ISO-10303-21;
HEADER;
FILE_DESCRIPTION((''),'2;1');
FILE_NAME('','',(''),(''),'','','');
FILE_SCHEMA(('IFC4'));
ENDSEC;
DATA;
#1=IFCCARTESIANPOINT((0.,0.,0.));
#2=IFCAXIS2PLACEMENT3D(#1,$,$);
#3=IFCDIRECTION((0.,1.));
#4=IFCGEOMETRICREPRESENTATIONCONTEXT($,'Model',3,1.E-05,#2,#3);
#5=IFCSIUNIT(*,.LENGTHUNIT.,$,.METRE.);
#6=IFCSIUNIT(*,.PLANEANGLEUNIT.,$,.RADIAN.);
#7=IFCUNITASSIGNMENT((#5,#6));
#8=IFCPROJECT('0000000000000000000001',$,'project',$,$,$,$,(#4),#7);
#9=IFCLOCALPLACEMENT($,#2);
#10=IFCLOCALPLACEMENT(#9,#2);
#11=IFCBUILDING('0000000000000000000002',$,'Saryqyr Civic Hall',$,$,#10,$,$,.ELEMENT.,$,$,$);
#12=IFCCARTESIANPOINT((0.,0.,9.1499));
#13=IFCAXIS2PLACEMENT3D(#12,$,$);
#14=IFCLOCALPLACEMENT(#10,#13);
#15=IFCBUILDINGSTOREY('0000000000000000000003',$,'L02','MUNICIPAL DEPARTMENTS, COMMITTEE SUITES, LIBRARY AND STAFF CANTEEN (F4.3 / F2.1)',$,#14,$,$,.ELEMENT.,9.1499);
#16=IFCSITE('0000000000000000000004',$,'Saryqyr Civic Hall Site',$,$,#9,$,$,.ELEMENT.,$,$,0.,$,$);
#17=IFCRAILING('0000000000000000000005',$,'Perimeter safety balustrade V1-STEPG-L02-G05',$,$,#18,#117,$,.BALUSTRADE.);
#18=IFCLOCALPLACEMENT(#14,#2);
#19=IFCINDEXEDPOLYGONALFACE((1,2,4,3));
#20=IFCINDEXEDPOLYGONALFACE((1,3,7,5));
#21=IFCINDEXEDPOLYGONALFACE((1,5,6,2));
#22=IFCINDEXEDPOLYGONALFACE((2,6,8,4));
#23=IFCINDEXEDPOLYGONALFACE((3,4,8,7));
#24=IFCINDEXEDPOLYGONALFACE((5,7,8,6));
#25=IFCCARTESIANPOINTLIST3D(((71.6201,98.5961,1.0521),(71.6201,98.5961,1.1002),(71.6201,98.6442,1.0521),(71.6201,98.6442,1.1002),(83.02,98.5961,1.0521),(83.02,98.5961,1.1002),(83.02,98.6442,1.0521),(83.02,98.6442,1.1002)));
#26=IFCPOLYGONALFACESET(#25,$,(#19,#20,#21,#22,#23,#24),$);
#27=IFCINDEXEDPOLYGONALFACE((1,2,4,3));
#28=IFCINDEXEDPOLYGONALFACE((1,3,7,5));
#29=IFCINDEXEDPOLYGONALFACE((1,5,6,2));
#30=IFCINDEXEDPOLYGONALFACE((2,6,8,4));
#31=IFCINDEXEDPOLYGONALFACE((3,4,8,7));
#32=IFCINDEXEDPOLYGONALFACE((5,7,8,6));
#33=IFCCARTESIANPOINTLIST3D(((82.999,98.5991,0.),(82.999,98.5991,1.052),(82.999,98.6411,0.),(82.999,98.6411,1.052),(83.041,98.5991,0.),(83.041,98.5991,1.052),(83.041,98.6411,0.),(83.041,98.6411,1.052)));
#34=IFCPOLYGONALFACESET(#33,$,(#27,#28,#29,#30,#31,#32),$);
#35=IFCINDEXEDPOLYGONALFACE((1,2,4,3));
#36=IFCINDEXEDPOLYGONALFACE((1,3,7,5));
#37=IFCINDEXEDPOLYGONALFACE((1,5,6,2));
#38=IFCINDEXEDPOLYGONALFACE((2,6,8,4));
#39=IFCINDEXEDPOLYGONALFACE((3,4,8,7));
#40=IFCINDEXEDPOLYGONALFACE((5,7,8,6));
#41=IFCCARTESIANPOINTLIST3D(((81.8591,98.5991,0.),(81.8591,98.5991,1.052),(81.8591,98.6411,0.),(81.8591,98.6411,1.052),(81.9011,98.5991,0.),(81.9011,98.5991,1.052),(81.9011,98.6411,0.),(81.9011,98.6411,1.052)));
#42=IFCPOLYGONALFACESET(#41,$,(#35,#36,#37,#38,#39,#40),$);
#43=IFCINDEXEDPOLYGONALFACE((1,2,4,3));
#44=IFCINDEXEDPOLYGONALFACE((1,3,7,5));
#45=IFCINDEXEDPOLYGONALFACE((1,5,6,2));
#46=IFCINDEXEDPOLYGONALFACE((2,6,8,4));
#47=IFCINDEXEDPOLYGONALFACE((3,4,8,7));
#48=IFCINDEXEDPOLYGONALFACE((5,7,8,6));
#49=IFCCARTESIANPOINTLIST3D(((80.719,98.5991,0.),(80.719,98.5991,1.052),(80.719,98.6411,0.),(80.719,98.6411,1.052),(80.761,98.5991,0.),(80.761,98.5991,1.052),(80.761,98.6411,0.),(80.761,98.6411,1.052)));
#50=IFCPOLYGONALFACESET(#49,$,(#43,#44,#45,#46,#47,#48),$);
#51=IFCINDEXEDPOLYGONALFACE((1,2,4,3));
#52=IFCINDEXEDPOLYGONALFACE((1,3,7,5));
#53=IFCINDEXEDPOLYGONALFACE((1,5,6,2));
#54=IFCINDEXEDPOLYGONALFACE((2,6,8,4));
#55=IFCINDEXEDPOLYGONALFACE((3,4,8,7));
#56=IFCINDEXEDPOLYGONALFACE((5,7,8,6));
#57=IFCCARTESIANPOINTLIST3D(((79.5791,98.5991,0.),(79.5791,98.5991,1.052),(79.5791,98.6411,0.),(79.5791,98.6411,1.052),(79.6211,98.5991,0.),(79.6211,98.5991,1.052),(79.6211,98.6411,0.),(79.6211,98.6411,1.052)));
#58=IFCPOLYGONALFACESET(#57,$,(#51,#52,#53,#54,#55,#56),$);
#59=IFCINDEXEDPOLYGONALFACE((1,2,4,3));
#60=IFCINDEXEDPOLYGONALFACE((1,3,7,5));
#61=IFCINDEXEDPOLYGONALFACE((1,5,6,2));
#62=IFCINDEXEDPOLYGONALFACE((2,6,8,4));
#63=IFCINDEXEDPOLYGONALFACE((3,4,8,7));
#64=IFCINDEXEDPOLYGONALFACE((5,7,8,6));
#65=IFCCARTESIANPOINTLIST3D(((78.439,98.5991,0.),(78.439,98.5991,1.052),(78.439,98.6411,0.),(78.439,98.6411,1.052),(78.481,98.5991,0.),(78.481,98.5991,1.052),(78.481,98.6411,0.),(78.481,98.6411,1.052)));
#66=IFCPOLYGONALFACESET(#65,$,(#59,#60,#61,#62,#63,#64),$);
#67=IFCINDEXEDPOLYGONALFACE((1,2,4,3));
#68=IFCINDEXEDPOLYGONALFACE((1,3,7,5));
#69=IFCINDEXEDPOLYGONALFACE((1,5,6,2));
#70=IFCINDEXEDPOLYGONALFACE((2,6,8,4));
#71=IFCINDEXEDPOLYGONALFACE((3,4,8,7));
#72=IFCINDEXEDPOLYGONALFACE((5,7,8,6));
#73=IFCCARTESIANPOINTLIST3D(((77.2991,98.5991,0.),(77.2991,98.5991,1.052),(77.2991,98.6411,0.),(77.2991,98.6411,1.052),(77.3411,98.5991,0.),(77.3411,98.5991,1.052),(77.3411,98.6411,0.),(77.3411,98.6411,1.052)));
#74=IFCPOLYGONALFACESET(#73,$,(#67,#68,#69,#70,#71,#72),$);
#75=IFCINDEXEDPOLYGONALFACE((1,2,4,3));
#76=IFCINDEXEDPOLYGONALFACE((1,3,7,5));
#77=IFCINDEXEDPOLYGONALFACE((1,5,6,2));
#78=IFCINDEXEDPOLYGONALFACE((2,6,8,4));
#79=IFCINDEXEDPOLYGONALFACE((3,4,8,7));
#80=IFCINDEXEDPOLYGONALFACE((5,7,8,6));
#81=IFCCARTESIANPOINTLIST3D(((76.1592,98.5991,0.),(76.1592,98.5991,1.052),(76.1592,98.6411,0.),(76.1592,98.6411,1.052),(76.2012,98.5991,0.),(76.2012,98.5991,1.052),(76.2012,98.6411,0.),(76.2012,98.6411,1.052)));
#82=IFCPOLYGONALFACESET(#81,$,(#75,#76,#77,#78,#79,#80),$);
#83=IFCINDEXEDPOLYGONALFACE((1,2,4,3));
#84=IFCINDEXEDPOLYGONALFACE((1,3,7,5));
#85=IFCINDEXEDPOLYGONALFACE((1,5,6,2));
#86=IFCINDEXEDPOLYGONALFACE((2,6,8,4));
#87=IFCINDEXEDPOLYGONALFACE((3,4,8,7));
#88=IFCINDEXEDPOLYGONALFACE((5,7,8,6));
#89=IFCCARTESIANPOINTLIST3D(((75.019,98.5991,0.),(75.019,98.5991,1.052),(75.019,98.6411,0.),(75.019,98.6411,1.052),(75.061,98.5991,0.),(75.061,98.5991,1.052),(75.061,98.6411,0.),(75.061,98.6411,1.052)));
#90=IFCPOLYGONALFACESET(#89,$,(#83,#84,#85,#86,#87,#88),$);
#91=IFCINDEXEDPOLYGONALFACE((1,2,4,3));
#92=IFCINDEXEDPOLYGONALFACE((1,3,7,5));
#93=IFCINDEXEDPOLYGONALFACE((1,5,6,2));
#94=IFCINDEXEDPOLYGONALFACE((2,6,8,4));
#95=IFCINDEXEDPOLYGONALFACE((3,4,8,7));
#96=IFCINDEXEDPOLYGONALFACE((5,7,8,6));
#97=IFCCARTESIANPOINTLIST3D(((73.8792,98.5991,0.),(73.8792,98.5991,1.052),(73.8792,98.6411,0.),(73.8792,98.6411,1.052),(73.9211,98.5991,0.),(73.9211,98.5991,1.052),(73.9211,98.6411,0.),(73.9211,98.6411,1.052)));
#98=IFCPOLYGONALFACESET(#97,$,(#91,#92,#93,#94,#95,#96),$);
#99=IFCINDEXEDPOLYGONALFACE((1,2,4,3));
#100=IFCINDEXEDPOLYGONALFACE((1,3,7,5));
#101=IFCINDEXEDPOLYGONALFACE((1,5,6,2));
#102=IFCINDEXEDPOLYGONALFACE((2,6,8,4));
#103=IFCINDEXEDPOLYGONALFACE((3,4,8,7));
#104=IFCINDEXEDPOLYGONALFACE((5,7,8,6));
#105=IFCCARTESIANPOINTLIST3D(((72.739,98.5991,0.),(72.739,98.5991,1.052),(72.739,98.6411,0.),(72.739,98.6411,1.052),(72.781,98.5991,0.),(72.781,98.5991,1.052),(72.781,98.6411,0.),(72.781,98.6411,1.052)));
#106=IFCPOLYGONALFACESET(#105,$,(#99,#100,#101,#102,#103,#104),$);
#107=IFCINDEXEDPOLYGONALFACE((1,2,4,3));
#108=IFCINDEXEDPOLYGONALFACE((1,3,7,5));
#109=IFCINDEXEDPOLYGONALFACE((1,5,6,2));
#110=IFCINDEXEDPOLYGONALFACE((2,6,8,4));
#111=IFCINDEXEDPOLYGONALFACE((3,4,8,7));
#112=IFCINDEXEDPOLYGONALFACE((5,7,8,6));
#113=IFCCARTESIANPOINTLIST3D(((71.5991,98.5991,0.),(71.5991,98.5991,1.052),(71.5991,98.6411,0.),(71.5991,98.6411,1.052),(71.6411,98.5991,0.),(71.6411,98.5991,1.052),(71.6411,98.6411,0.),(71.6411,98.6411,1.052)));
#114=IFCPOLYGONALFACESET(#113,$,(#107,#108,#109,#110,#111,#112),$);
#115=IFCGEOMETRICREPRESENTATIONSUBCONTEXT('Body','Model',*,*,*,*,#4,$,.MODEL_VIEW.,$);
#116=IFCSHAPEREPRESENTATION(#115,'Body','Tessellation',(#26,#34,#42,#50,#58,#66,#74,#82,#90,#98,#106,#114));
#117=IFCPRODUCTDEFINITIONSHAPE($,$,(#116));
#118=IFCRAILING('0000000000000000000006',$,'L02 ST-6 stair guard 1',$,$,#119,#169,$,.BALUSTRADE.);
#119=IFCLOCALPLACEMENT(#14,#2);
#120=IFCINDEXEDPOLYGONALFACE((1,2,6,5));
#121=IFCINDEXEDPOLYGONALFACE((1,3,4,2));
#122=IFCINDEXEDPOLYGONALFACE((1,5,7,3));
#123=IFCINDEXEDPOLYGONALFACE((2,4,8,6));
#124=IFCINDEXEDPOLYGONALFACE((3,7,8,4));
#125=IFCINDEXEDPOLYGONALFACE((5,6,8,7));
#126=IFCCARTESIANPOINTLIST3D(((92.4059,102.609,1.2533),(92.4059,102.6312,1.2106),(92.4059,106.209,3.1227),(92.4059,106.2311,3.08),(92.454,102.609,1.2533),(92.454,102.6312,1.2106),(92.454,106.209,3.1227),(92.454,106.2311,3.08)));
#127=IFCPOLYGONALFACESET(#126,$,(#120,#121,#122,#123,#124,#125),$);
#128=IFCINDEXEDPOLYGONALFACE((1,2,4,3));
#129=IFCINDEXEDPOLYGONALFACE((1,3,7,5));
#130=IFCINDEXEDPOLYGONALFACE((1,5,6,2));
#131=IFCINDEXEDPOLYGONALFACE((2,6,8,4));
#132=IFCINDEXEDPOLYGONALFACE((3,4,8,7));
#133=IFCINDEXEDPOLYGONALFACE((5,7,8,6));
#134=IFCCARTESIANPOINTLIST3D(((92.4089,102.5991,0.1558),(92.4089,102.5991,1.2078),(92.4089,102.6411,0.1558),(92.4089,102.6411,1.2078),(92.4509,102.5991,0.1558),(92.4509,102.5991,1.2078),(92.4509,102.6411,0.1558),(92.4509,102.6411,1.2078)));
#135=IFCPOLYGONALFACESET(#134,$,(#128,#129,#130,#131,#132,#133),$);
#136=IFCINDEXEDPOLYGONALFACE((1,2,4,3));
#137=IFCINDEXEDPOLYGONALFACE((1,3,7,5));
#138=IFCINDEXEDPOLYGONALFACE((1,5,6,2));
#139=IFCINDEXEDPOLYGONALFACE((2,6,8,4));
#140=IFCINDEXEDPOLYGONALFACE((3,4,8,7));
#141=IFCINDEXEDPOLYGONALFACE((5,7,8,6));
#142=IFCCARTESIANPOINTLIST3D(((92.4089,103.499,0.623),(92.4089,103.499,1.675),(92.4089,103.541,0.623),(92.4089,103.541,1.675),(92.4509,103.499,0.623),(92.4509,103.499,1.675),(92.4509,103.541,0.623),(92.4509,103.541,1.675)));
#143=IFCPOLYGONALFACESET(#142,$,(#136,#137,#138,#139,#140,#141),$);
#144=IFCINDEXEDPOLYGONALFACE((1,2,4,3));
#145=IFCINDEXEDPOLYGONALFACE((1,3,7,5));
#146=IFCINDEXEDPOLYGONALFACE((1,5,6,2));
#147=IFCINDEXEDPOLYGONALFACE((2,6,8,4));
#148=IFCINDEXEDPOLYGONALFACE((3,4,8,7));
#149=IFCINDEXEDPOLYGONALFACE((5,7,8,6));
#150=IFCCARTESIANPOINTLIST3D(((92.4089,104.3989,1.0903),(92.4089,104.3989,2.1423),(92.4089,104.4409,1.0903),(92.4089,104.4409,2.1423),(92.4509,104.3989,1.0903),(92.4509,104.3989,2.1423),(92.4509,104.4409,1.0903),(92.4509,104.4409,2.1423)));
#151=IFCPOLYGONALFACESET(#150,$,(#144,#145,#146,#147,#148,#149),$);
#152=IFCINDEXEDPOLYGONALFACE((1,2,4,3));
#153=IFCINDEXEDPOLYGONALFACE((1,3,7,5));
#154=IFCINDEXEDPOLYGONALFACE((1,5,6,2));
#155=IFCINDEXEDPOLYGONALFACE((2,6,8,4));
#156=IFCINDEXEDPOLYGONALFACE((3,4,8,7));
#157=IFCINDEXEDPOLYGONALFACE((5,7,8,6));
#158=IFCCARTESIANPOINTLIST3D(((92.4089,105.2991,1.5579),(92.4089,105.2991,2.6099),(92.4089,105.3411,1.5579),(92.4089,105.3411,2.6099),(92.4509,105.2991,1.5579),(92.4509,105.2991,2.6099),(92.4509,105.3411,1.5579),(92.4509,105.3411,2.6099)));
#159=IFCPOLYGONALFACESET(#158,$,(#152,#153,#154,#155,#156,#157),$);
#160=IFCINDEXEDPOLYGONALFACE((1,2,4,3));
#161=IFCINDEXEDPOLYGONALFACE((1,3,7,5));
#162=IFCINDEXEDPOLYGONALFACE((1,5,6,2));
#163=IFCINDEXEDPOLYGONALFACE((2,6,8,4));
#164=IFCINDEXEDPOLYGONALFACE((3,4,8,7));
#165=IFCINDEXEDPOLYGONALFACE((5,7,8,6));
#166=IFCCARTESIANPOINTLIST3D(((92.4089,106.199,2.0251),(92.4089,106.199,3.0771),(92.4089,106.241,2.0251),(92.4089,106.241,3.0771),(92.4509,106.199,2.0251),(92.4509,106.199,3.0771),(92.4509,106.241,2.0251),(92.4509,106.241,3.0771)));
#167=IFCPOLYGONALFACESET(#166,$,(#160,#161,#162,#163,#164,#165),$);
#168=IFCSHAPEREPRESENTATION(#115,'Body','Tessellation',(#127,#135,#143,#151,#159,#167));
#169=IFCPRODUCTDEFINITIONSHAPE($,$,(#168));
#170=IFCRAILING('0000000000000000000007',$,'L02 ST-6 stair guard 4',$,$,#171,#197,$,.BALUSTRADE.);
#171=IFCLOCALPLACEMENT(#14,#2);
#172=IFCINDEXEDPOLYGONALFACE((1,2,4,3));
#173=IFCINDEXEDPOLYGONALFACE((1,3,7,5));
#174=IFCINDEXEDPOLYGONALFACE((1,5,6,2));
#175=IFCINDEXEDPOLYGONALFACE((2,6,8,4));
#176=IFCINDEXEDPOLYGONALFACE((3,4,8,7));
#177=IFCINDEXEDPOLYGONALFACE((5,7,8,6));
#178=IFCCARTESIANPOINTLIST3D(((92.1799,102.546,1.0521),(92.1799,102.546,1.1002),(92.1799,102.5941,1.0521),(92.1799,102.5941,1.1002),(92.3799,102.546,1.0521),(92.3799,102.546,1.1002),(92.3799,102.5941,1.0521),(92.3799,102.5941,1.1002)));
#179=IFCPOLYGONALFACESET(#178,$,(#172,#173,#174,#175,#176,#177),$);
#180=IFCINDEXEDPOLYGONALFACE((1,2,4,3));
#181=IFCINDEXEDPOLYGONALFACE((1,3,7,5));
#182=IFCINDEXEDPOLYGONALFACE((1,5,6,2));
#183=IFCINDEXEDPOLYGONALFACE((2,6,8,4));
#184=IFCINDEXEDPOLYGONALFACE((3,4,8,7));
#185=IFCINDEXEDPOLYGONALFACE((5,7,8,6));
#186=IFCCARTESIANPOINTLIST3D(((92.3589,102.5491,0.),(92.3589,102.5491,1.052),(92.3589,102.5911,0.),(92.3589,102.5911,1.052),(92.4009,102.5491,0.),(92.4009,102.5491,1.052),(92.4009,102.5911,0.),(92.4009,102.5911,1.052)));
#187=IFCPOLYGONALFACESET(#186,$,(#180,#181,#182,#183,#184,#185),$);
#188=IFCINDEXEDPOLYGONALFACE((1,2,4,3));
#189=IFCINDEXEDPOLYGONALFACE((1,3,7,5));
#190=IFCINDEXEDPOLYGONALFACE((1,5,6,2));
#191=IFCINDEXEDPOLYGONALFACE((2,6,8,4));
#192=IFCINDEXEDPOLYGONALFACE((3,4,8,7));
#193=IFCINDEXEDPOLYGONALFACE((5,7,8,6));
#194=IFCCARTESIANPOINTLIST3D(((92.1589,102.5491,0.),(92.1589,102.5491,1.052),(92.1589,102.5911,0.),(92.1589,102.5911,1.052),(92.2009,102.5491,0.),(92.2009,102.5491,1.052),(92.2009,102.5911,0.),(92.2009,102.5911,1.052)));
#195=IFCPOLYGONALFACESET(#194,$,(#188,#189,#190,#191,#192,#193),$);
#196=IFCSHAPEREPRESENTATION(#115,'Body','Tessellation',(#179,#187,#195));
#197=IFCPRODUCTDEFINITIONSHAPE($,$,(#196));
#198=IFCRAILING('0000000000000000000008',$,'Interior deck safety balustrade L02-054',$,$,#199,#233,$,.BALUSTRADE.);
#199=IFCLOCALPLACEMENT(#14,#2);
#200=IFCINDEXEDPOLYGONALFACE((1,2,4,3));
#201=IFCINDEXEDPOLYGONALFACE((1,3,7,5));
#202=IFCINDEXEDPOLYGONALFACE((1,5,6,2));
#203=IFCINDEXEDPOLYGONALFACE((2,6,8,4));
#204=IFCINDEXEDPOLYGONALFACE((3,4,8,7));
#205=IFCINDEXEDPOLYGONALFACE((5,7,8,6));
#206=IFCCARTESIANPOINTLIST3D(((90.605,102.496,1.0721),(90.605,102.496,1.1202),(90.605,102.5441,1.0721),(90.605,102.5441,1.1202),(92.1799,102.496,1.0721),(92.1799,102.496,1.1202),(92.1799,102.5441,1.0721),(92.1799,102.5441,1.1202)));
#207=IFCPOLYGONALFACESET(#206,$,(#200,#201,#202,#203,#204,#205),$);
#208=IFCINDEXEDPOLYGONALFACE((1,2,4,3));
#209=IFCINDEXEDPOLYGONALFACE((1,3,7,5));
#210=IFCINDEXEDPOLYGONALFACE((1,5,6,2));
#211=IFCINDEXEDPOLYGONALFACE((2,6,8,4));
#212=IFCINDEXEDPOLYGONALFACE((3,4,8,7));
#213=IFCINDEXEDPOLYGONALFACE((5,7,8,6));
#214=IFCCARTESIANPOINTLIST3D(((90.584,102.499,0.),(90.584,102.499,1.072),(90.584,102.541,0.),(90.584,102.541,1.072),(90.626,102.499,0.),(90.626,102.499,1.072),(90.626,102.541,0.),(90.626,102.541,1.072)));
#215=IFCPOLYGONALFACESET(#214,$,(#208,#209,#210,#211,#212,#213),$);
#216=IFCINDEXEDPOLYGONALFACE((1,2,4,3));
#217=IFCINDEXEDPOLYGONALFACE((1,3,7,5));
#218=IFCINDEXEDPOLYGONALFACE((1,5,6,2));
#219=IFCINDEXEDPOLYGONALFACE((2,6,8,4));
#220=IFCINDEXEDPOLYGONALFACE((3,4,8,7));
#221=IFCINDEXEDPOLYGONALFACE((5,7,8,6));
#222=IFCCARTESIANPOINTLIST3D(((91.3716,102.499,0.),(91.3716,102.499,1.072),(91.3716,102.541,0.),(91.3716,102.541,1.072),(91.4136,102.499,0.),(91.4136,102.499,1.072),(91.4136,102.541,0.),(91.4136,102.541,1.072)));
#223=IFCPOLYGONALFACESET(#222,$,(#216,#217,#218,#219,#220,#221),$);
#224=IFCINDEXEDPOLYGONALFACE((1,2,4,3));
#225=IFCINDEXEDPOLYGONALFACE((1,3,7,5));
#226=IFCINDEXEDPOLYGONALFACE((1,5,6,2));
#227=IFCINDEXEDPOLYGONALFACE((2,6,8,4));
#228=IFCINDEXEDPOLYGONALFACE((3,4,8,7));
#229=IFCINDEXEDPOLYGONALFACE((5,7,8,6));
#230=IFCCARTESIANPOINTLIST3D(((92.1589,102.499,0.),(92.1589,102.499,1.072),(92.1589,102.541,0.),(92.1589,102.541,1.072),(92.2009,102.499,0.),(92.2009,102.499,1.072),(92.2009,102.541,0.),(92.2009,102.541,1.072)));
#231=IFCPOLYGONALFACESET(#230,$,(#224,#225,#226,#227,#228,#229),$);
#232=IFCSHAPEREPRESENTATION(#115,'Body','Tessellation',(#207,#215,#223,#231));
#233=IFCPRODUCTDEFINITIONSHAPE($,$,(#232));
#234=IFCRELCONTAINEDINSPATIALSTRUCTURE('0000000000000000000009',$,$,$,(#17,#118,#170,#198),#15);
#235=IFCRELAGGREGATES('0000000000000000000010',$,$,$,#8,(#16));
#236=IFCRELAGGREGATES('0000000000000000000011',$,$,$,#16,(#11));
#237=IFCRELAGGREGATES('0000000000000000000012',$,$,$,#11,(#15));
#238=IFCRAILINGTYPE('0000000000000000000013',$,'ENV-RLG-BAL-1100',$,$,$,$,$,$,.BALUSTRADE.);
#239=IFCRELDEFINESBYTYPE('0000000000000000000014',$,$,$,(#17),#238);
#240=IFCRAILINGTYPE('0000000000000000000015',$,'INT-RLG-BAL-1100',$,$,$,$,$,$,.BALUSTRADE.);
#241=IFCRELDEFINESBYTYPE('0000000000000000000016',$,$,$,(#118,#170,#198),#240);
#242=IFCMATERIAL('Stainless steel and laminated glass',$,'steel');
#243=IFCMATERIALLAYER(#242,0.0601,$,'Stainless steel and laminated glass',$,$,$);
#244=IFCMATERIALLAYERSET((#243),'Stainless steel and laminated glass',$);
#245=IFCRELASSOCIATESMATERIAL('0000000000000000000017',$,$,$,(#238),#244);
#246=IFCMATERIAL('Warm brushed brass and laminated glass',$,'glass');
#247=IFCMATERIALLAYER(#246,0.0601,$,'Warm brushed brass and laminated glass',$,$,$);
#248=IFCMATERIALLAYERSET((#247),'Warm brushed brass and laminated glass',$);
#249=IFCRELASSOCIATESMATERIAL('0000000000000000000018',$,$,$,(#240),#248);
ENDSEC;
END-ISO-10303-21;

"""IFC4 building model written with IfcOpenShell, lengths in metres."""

from ifc_helpers import new_model, si_unit, direction, frame, origin, origin_2d, place, context, subcontext, project, spatial, rectangle, extrude, material, layer, layer_set, type_object, element, save


model = new_model("IFC4")

# Units and contexts
model_context = context("Model", 3, precision=1e-05, world=origin(), true_north=direction((0.0, 1.0)))
body_context = subcontext(model_context, "Body", "Model", "MODEL_VIEW")
ifc_project = project(units=[si_unit("LENGTHUNIT", "METRE"), si_unit("PLANEANGLEUNIT", "RADIAN")], contexts=[model_context])

# Site, building, storey
site_placement = place(None, origin())
site = spatial("IfcSite", under=ifc_project, at=site_placement, Name="Saryqyr Civic Hall Site", CompositionType="ELEMENT", RefElevation=0.0)
building_placement = place(site_placement, origin())
building = spatial("IfcBuilding", under=site, at=building_placement, Name="Saryqyr Civic Hall", CompositionType="ELEMENT")
storey_placement = place(building_placement, frame((0.0, 0.0, 9.1499)))
storey = spatial("IfcBuildingStorey", under=building, at=storey_placement, Name="L02", Description="MUNICIPAL DEPARTMENTS, COMMITTEE SUITES, LIBRARY AND STAFF CANTEEN (F4.3 / F2.1)", CompositionType="ELEMENT", Elevation=9.1499)

# Railings
ifc_material_1 = material(Name="Stainless steel and laminated glass", Category="steel")
ifc_layer_1 = layer(ifc_material_1, 0.0601, Name="Stainless steel and laminated glass")
ifc_layer_set_1 = layer_set([ifc_layer_1], Name="Stainless steel and laminated glass")
railing_type_1 = type_object("IfcRailingType", Name="ENV-RLG-BAL-1100", PredefinedType="BALUSTRADE", material=ifc_layer_set_1)
railing_1_placement = place(storey_placement, frame((83.02, 98.6201, 0.0)))
element("IfcRailing", 1, at=railing_1_placement, inside=storey, type_object=railing_type_1, Name="Perimeter safety balustrade V1-STEPG-L02-G05", PredefinedType="BALUSTRADE", context=body_context, shape_type="SweptSolid", body=[
    extrude(rectangle(XDim=0.0481, YDim=0.0481, at=origin_2d()), frame((0.0, 0.0, 1.0762), z_axis=(-1.0, 0.0, 0.0), x_axis=(0.0, -1.0, 0.0)), (0.0, 0.0, 1.0), 11.3999),
    extrude(rectangle(XDim=0.042, YDim=0.042, at=origin_2d()), origin(), (0.0, 0.0, 1.0), 1.052),
    extrude(rectangle(XDim=0.042, YDim=0.042, at=origin_2d()), frame((-1.1399, 0.0, 0.0)), (0.0, 0.0, 1.0), 1.052),
    extrude(rectangle(XDim=0.042, YDim=0.042, at=origin_2d()), frame((-2.28, 0.0, 0.0)), (0.0, 0.0, 1.0), 1.052),
    extrude(rectangle(XDim=0.042, YDim=0.042, at=origin_2d()), frame((-3.4199, 0.0, 0.0)), (0.0, 0.0, 1.0), 1.052),
    extrude(rectangle(XDim=0.042, YDim=0.042, at=origin_2d()), frame((-4.5601, 0.0, 0.0)), (0.0, 0.0, 1.0), 1.052),
    extrude(rectangle(XDim=0.042, YDim=0.042, at=origin_2d()), frame((-5.7, 0.0, 0.0)), (0.0, 0.0, 1.0), 1.052),
    extrude(rectangle(XDim=0.042, YDim=0.042, at=origin_2d()), frame((-6.8398, 0.0, 0.0)), (0.0, 0.0, 1.0), 1.052),
    extrude(rectangle(XDim=0.042, YDim=0.042, at=origin_2d()), frame((-7.98, 0.0, 0.0)), (0.0, 0.0, 1.0), 1.052),
    extrude(rectangle(XDim=0.042, YDim=0.042, at=origin_2d()), frame((-9.1199, 0.0, 0.0)), (0.0, 0.0, 1.0), 1.052),
    extrude(rectangle(XDim=0.042, YDim=0.042, at=origin_2d()), frame((-10.26, 0.0, 0.0)), (0.0, 0.0, 1.0), 1.052),
    extrude(rectangle(XDim=0.042, YDim=0.042, at=origin_2d()), frame((-11.3999, 0.0, 0.0)), (0.0, 0.0, 1.0), 1.052),
])
ifc_material_2 = material(Name="Warm brushed brass and laminated glass", Category="glass")
ifc_layer_2 = layer(ifc_material_2, 0.0601, Name="Warm brushed brass and laminated glass")
ifc_layer_set_2 = layer_set([ifc_layer_2], Name="Warm brushed brass and laminated glass")
railing_type_2 = type_object("IfcRailingType", Name="INT-RLG-BAL-1100", PredefinedType="BALUSTRADE", material=ifc_layer_set_2)
railing_2_placement = place(storey_placement, frame((92.4299, 102.6201, 0.1558)))
element("IfcRailing", 2, at=railing_2_placement, inside=storey, type_object=railing_type_2, Name="L02 ST-6 stair guard 1", PredefinedType="BALUSTRADE", context=body_context, shape_type="SweptSolid", body=[
    extrude(rectangle(XDim=0.0481, YDim=0.0481, at=origin_2d()), frame((0.0, 0.0, 1.0762), z_axis=(0.0, 0.887473, 0.46086), x_axis=(-1.0, 0.0, 0.0)), (0.0, 0.0, 1.0), 4.0564),
    extrude(rectangle(XDim=0.042, YDim=0.042, at=origin_2d()), origin(), (0.0, 0.0, 1.0), 1.052),
    extrude(rectangle(XDim=0.042, YDim=0.042, at=origin_2d()), frame((0.0, 0.8999, 0.4673)), (0.0, 0.0, 1.0), 1.052),
    extrude(rectangle(XDim=0.042, YDim=0.042, at=origin_2d()), frame((0.0, 1.7998, 0.9346)), (0.0, 0.0, 1.0), 1.052),
    extrude(rectangle(XDim=0.042, YDim=0.042, at=origin_2d()), frame((0.0, 2.7, 1.4021)), (0.0, 0.0, 1.0), 1.052),
    extrude(rectangle(XDim=0.042, YDim=0.042, at=origin_2d()), frame((0.0, 3.5999, 1.8694)), (0.0, 0.0, 1.0), 1.052),
])
railing_3_placement = place(storey_placement, frame((92.3799, 102.5701, 0.0)))
element("IfcRailing", 3, at=railing_3_placement, inside=storey, type_object=railing_type_2, Name="L02 ST-6 stair guard 4", PredefinedType="BALUSTRADE", context=body_context, shape_type="SweptSolid", body=[
    extrude(rectangle(XDim=0.0481, YDim=0.0481, at=origin_2d()), frame((0.0, 0.0, 1.0762), z_axis=(-1.0, 0.0, 0.0), x_axis=(0.0, -1.0, 0.0)), (0.0, 0.0, 1.0), 0.2),
    extrude(rectangle(XDim=0.042, YDim=0.042, at=origin_2d()), origin(), (0.0, 0.0, 1.0), 1.052),
    extrude(rectangle(XDim=0.042, YDim=0.042, at=origin_2d()), frame((-0.2, 0.0, 0.0)), (0.0, 0.0, 1.0), 1.052),
])
railing_4_placement = place(storey_placement, frame((90.605, 102.52, 0.0)))
element("IfcRailing", 4, at=railing_4_placement, inside=storey, type_object=railing_type_2, Name="Interior deck safety balustrade L02-054", PredefinedType="BALUSTRADE", context=body_context, shape_type="SweptSolid", body=[
    extrude(rectangle(XDim=0.0481, YDim=0.0481, at=origin_2d()), frame((0.0, 0.0, 1.0962), z_axis=(1.0, 0.0, 0.0), x_axis=(0.0, 1.0, 0.0)), (0.0, 0.0, 1.0), 1.575),
    extrude(rectangle(XDim=0.042, YDim=0.042, at=origin_2d()), origin(), (0.0, 0.0, 1.0), 1.072),
    extrude(rectangle(XDim=0.042, YDim=0.042, at=origin_2d()), frame((0.7876, 0.0, 0.0)), (0.0, 0.0, 1.0), 1.072),
    extrude(rectangle(XDim=0.042, YDim=0.042, at=origin_2d()), frame((1.575, 0.0, 0.0)), (0.0, 0.0, 1.0), 1.072),
])

save(model, "model.ifc")
